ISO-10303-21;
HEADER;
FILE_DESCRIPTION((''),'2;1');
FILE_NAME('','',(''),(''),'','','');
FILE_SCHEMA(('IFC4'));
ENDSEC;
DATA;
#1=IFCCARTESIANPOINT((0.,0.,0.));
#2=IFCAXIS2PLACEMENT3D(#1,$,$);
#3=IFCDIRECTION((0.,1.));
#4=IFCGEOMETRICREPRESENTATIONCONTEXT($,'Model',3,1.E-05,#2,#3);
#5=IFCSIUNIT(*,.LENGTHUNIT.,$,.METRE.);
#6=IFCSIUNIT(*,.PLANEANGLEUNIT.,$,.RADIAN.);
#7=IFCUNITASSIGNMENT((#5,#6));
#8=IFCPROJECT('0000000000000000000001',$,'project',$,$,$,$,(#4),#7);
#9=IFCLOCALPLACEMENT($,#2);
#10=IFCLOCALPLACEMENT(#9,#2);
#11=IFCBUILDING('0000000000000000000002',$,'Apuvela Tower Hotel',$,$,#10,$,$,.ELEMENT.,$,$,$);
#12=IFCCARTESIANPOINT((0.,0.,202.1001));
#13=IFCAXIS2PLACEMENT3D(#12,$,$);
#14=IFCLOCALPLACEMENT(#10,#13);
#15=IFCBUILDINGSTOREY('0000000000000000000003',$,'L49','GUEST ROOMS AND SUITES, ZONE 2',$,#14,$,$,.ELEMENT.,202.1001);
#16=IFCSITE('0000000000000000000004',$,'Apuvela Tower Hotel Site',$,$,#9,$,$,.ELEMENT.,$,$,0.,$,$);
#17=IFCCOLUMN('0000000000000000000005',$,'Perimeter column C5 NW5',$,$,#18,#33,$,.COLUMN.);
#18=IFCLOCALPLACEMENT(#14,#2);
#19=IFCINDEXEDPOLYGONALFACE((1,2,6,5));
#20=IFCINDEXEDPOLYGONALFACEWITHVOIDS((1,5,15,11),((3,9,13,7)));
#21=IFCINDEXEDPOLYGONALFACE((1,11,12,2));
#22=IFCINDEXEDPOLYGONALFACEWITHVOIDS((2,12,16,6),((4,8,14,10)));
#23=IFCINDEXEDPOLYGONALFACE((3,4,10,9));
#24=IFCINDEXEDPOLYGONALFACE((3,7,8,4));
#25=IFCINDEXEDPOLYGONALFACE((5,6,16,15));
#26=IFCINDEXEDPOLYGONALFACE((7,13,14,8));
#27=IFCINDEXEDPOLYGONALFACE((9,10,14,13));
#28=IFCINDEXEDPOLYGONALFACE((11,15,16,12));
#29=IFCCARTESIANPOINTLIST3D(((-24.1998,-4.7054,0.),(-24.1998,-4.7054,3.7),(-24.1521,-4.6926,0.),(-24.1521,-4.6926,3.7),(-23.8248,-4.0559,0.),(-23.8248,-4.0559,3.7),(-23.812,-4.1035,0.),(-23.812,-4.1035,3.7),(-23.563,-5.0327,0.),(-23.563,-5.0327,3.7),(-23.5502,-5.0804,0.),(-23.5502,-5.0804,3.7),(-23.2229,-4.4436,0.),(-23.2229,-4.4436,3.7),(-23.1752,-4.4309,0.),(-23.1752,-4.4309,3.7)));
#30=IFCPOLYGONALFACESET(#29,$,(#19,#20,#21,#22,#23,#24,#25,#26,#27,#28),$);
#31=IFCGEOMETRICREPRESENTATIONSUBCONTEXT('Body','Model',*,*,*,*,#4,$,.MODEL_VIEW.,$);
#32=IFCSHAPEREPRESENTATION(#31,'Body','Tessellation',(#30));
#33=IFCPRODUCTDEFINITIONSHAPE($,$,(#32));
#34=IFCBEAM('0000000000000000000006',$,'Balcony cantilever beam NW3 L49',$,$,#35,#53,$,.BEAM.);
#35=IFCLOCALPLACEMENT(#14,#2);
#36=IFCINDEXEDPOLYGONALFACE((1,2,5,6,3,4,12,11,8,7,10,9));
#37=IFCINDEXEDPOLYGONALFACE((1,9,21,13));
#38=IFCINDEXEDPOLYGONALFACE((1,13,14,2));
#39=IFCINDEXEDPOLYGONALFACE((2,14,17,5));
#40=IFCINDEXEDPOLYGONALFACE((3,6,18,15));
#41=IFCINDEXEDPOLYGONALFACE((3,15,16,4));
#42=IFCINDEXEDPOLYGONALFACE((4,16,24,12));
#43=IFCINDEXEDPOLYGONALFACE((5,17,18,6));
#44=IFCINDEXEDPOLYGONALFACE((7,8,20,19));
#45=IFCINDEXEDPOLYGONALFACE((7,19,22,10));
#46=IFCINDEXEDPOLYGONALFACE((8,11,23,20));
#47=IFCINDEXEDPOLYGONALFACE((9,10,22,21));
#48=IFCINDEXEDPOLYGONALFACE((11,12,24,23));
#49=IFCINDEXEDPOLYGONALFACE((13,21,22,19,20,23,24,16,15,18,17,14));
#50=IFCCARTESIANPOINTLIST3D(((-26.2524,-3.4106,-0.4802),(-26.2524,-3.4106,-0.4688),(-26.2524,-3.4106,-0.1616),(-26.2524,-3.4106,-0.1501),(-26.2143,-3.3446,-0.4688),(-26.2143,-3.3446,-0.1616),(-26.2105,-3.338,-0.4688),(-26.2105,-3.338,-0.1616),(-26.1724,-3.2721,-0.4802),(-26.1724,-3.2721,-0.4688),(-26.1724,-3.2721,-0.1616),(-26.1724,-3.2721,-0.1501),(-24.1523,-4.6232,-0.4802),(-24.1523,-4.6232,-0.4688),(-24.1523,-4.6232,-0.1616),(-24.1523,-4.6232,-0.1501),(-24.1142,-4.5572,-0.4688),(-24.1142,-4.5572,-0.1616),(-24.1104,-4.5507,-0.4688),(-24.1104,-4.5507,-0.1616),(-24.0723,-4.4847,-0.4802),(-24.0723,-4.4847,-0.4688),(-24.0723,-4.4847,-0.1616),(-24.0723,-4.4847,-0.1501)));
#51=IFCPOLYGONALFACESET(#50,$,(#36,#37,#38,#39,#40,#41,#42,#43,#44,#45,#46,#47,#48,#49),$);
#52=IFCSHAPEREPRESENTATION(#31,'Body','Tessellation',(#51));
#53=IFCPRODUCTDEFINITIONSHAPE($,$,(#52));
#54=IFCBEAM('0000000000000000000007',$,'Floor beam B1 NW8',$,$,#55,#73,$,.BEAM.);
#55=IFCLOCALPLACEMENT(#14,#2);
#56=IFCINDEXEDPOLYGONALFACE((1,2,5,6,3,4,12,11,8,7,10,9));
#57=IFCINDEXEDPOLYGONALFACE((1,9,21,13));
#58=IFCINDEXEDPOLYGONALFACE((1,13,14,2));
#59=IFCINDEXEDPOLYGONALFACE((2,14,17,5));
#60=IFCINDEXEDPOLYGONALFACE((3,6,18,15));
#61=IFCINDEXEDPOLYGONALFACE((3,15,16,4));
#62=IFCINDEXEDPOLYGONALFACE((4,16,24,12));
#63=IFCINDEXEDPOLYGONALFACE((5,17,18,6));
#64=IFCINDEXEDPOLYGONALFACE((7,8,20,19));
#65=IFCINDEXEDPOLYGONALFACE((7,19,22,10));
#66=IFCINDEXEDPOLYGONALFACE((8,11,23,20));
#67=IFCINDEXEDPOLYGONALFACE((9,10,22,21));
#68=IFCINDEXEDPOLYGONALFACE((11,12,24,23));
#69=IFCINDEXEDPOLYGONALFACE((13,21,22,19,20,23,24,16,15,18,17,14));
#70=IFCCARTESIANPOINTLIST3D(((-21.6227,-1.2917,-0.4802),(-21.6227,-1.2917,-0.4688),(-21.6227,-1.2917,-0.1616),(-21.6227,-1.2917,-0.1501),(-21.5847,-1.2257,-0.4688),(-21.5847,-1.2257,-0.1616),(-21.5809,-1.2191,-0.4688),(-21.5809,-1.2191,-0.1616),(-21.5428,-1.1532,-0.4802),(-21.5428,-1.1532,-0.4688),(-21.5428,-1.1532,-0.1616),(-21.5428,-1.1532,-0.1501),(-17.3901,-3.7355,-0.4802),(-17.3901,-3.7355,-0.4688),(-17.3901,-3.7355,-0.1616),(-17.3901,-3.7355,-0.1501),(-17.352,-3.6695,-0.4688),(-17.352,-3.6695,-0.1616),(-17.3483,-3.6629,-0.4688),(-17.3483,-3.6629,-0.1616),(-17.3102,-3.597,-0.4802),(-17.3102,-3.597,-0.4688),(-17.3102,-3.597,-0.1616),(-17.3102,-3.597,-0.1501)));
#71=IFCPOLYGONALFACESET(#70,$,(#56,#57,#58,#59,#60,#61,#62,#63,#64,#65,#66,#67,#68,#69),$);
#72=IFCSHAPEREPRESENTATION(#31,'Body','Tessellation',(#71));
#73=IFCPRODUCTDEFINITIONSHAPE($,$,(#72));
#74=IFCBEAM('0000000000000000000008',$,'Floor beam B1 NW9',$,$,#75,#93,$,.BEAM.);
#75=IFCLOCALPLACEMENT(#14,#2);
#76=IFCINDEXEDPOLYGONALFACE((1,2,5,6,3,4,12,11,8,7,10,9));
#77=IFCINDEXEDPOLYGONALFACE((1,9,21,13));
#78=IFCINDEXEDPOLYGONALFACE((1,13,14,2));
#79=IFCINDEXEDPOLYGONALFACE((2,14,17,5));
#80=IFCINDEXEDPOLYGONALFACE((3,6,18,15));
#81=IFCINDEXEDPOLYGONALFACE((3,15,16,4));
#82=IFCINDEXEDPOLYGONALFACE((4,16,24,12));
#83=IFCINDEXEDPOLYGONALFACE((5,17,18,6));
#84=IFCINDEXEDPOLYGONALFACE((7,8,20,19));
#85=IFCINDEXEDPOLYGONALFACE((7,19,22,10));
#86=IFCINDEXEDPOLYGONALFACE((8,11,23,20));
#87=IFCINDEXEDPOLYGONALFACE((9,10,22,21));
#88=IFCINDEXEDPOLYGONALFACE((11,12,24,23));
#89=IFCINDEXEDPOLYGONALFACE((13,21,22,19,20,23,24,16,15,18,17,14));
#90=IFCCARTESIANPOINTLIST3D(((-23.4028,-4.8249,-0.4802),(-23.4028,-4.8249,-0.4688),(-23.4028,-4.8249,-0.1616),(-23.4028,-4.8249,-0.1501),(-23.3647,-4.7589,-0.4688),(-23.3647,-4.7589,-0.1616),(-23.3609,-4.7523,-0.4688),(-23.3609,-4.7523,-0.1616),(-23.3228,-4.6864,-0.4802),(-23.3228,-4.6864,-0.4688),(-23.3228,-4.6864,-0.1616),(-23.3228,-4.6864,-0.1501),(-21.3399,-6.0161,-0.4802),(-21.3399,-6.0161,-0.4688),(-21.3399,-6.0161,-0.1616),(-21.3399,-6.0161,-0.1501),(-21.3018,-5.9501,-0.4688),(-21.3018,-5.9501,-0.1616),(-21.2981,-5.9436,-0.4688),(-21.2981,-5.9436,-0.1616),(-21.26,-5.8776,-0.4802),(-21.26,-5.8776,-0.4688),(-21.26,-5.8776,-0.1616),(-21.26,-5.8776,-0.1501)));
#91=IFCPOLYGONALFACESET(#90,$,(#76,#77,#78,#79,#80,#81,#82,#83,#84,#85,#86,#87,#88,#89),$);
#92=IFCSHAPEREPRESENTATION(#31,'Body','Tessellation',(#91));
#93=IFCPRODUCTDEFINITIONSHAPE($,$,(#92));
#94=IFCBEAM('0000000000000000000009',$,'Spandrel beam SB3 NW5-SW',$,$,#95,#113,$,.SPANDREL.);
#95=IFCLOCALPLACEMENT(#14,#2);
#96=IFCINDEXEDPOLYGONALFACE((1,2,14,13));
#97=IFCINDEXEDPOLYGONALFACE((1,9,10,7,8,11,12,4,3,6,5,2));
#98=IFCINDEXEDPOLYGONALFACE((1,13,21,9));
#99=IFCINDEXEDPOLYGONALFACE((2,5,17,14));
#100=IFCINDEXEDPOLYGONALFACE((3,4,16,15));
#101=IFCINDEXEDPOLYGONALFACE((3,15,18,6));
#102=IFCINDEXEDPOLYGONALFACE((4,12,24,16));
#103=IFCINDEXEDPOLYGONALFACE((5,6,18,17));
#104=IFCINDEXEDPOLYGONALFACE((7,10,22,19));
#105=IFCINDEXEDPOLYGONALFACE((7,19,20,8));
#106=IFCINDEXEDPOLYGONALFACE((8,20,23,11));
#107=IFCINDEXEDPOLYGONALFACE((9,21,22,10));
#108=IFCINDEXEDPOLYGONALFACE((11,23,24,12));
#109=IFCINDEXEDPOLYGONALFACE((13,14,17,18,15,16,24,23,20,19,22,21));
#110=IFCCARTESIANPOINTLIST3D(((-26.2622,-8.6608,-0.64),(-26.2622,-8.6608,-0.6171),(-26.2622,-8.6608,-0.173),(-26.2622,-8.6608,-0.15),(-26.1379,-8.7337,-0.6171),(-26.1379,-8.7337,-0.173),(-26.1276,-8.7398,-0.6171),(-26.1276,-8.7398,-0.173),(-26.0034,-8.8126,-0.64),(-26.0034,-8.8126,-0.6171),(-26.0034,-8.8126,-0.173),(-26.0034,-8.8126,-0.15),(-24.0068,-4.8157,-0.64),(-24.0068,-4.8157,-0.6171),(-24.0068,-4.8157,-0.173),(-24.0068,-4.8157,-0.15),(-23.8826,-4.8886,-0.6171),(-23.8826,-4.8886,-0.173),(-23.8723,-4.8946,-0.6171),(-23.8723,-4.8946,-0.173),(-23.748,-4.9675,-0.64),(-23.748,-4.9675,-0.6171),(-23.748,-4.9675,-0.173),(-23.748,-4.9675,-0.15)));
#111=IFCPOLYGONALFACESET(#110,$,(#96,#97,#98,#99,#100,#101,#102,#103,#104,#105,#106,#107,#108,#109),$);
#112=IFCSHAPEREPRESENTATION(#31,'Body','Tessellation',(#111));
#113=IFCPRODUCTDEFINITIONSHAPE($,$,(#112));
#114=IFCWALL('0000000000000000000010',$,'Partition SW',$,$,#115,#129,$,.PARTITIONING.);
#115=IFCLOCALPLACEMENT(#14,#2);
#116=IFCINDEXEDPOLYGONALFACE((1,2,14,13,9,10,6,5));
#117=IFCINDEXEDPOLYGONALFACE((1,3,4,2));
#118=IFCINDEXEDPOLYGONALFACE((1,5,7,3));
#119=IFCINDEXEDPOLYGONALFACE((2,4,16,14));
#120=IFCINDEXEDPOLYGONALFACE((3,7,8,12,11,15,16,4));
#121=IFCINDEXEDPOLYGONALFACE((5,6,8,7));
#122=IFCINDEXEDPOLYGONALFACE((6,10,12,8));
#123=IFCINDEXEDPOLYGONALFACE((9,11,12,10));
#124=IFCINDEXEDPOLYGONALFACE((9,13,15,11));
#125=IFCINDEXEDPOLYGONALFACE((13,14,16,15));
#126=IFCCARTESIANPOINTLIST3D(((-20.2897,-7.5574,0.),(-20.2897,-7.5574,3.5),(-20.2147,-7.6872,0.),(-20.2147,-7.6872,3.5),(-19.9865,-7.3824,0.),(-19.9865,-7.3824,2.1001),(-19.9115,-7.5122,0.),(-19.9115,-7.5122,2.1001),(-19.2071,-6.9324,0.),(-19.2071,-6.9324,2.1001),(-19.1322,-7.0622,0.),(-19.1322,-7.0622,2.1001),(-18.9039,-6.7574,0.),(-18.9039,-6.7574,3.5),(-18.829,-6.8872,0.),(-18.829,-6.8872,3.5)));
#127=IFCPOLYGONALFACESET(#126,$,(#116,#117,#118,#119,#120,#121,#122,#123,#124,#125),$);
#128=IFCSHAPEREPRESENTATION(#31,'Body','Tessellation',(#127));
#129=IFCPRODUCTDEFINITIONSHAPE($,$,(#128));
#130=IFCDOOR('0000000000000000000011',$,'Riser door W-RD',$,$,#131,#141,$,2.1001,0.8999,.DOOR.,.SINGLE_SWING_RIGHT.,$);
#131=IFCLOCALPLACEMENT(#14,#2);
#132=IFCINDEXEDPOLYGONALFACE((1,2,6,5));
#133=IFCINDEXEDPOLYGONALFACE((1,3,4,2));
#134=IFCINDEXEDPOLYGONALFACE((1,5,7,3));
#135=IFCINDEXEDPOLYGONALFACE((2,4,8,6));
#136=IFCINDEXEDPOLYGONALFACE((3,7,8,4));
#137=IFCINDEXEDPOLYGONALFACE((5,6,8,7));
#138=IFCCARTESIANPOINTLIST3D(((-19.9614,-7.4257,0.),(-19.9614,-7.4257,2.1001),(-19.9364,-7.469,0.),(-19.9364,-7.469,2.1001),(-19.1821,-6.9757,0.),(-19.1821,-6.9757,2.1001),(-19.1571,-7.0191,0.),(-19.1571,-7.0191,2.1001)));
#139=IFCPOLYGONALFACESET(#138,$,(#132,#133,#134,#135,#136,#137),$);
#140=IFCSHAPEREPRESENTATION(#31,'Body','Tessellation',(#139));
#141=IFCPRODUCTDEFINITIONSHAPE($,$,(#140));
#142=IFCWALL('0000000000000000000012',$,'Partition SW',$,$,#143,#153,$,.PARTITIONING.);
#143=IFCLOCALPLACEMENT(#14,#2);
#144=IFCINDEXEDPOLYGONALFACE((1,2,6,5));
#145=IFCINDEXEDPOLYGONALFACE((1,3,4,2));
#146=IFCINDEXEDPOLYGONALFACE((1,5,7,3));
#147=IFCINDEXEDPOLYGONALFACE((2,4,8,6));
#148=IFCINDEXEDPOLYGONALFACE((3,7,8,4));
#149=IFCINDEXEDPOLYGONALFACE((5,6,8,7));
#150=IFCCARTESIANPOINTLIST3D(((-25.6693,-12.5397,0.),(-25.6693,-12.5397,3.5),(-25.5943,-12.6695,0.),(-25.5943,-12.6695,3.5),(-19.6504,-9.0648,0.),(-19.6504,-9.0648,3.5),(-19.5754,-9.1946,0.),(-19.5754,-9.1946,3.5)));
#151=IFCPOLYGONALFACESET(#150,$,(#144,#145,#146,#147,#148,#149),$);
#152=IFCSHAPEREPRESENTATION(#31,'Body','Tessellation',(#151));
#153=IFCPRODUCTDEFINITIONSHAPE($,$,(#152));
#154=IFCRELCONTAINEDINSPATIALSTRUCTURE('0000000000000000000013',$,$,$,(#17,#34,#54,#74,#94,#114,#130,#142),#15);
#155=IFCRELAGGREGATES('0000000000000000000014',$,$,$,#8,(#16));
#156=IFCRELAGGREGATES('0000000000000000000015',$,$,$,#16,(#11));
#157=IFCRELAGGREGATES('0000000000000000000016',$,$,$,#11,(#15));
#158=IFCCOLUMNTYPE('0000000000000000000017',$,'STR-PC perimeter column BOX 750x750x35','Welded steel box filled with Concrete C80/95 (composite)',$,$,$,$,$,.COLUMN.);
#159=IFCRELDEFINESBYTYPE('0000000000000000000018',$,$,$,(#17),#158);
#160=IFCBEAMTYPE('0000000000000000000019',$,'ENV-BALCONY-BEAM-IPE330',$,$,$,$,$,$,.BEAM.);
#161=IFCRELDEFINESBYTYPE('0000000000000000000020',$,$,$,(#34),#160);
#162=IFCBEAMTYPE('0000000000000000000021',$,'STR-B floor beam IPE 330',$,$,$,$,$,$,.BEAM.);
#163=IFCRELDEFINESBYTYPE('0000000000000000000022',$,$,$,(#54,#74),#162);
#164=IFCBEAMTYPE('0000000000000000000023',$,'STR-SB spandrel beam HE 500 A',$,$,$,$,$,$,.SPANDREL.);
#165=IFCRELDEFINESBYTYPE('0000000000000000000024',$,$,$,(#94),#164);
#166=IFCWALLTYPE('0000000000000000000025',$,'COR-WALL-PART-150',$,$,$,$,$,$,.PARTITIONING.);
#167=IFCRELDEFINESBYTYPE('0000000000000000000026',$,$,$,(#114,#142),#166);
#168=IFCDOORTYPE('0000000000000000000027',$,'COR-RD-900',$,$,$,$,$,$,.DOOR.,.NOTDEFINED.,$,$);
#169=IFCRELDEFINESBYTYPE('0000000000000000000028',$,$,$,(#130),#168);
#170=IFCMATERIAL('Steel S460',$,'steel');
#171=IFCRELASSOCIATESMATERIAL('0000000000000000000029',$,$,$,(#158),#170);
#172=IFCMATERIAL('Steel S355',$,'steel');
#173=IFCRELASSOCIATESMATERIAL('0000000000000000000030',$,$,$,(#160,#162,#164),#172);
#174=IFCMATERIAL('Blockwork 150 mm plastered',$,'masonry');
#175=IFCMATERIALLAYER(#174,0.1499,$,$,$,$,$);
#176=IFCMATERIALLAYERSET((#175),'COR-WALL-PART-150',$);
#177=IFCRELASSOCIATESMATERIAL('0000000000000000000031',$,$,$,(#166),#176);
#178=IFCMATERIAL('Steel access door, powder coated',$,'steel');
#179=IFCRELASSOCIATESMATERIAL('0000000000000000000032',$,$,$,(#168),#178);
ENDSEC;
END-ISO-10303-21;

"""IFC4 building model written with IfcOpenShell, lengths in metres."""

from ifc_helpers import new_model, si_unit, direction, frame, frame_2d, origin, origin_2d, place, context, subcontext, project, spatial, rectangle, hollow_rectangle, i_section, extrude, material, layer, layer_set, material_profile, profile_set, type_object, element, fill, save


model = new_model("IFC4")

# Units and contexts
model_context = context("Model", 3, precision=1e-05, world=origin(), true_north=direction((0.0, 1.0)))
body_context = subcontext(model_context, "Body", "Model", "MODEL_VIEW")
ifc_project = project(units=[si_unit("LENGTHUNIT", "METRE"), si_unit("PLANEANGLEUNIT", "RADIAN")], contexts=[model_context])

# Site, building, storey
site_placement = place(None, origin())
site = spatial("IfcSite", under=ifc_project, at=site_placement, Name="Apuvela Tower Hotel Site", CompositionType="ELEMENT", RefElevation=0.0)
building_placement = place(site_placement, origin())
building = spatial("IfcBuilding", under=site, at=building_placement, Name="Apuvela Tower Hotel", CompositionType="ELEMENT")
storey_placement = place(building_placement, frame((0.0, 0.0, 202.1001)))
storey = spatial("IfcBuildingStorey", under=building, at=storey_placement, Name="L49", Description="GUEST ROOMS AND SUITES, ZONE 2", CompositionType="ELEMENT", Elevation=202.1001)

# Column
ifc_material_1 = material(Name="Steel S460", Category="steel")
ifc_material_profile_1 = material_profile(ifc_material_1, hollow_rectangle(XDim=0.75, YDim=0.75, WallThickness=0.0349, at=origin_2d()), Name="BOX 750x750x35")
ifc_material_2 = material(Name="Concrete C80/95", Category="concrete")
ifc_material_profile_2 = material_profile(ifc_material_2, rectangle(XDim=0.6799, YDim=0.6799, at=origin_2d()), Name="Concrete C80/95 infill")
ifc_profile_set_1 = profile_set([ifc_material_profile_1, ifc_material_profile_2], Name="Steel S460")
column_type = type_object("IfcColumnType", Name="STR-PC perimeter column BOX 750x750x35", Description="Welded steel box filled with Concrete C80/95 (composite)", PredefinedType="COLUMN", material=ifc_profile_set_1)
column_placement = place(storey_placement, frame((-23.6875, -4.5681, 0.0), z_axis=(0.0, 0.0, 1.0), x_axis=(0.5, 0.866025, 0.0)))
element("IfcColumn", 1, at=column_placement, inside=storey, type_object=column_type, Name="Perimeter column C5 NW5", PredefinedType="COLUMN", context=body_context, shape_type="SweptSolid", body=[
    extrude(hollow_rectangle(XDim=0.75, YDim=0.75, WallThickness=0.0349, at=origin_2d()), origin(), (0.0, 0.0, 1.0), 3.7),
])

# Beams
ifc_material_3 = material(Name="Steel S355", Category="steel")
ifc_material_profile_3 = material_profile(ifc_material_3, i_section(OverallWidth=0.1599, OverallDepth=0.3301, WebThickness=0.0076, FlangeThickness=0.0115, at=origin_2d()), Name="IPE 330")
ifc_profile_set_2 = profile_set([ifc_material_profile_3], Name="Steel S355")
beam_type_1 = type_object("IfcBeamType", Name="ENV-BALCONY-BEAM-IPE330", PredefinedType="BEAM", material=ifc_profile_set_2)
beam_1_placement = place(storey_placement, frame((-24.1123, -4.554, -0.3152), z_axis=(-0.865998, 0.500048, 0.0), x_axis=(-0.500048, -0.865998, 0.0)))
element("IfcBeam", 2, at=beam_1_placement, inside=storey, type_object=beam_type_1, Name="Balcony cantilever beam NW3 L49", PredefinedType="BEAM", context=body_context, shape_type="SweptSolid", body=[
    extrude(i_section(OverallWidth=0.1599, OverallDepth=0.3301, WebThickness=0.0076, FlangeThickness=0.0115, at=origin_2d()), origin(), (0.0, 0.0, 1.0), 2.425),
])
ifc_material_profile_4 = material_profile(ifc_material_3, i_section(OverallWidth=0.1599, OverallDepth=0.3301, WebThickness=0.0076, FlangeThickness=0.0115, at=origin_2d()), Name="IPE 330")
ifc_profile_set_3 = profile_set([ifc_material_profile_4], Name="Steel S355")
beam_type_2 = type_object("IfcBeamType", Name="STR-B floor beam IPE 330", PredefinedType="BEAM", material=ifc_profile_set_3)
beam_2_placement = place(storey_placement, frame((-21.5828, -1.2224, -0.3152), z_axis=(0.866015, -0.500018, 0.0), x_axis=(0.500018, 0.866015, 0.0)))
element("IfcBeam", 3, at=beam_2_placement, inside=storey, type_object=beam_type_2, Name="Floor beam B1 NW8", PredefinedType="BEAM", context=body_context, shape_type="SweptSolid", body=[
    extrude(i_section(OverallWidth=0.1599, OverallDepth=0.3301, WebThickness=0.0076, FlangeThickness=0.0115, at=origin_2d()), origin(), (0.0, 0.0, 1.0), 4.8875),
])
beam_3_placement = place(storey_placement, frame((-23.3628, -4.7556, -0.3152), z_axis=(0.865982, -0.500074, 0.0), x_axis=(0.500074, 0.865982, 0.0)))
element("IfcBeam", 4, at=beam_3_placement, inside=storey, type_object=beam_type_2, Name="Floor beam B1 NW9", PredefinedType="BEAM", context=body_context, shape_type="SweptSolid", body=[
    extrude(i_section(OverallWidth=0.1599, OverallDepth=0.3301, WebThickness=0.0076, FlangeThickness=0.0115, at=origin_2d()), origin(), (0.0, 0.0, 1.0), 2.3821),
])
ifc_material_profile_5 = material_profile(ifc_material_3, i_section(OverallWidth=0.3, OverallDepth=0.49, WebThickness=0.012, FlangeThickness=0.0229, at=origin_2d()), Name="HE 500 A")
ifc_profile_set_4 = profile_set([ifc_material_profile_5], Name="Steel S355")
beam_type_3 = type_object("IfcBeamType", Name="STR-SB spandrel beam HE 500 A", PredefinedType="SPANDREL", material=ifc_profile_set_4)
beam_4_placement = place(storey_placement, frame((-23.8774, -4.8916, -0.395), z_axis=(-0.505933, -0.862573, 0.0), x_axis=(0.862573, -0.505933, 0.0)))
element("IfcBeam", 5, at=beam_4_placement, inside=storey, type_object=beam_type_3, Name="Spandrel beam SB3 NW5-SW", PredefinedType="SPANDREL", context=body_context, shape_type="SweptSolid", body=[
    extrude(i_section(OverallWidth=0.3, OverallDepth=0.49, WebThickness=0.012, FlangeThickness=0.0229, at=origin_2d()), origin(), (0.0, 0.0, 1.0), 4.4578),
])

# Wall, opening, door
ifc_material_4 = material(Name="Blockwork 150 mm plastered", Category="masonry")
ifc_layer_1 = layer(ifc_material_4, 0.1499)
ifc_layer_set_1 = layer_set([ifc_layer_1], Name="COR-WALL-PART-150")
wall_type_1 = type_object("IfcWallType", Name="COR-WALL-PART-150", PredefinedType="PARTITIONING", material=ifc_layer_set_1)
wall_1_placement = place(storey_placement, frame((-18.8665, -6.8223, 0.0), z_axis=(0.0, 0.0, 1.0), x_axis=(-0.866028, -0.499995, 0.0)))
wall_1 = element("IfcWall", 6, at=wall_1_placement, inside=storey, type_object=wall_type_1, Name="Partition SW", PredefinedType="PARTITIONING", context=body_context, shape_type="SweptSolid", body=[
    extrude(rectangle(XDim=1.6001, YDim=0.1499, at=frame_2d((0.8, 0.0))), origin(), (0.0, 0.0, 1.0), 3.5),
])
opening_1_placement = place(wall_1_placement, frame((0.3501, 0.0, 0.0)))
opening_1 = element("IfcOpeningElement", 7, at=opening_1_placement, cuts=wall_1, PredefinedType="OPENING", context=body_context, shape_type="SweptSolid", body=[
    extrude(rectangle(XDim=0.8999, YDim=2.1001, at=frame_2d((0.45, 1.05))), frame((0.0, 0.085, 0.0), z_axis=(0.0, -1.0, 0.0), x_axis=(1.0, 0.0, 0.0)), (0.0, 0.0, 1.0), 0.1699),
])
ifc_material_5 = material(Name="Steel access door, powder coated", Category="steel")
door_type_1 = type_object("IfcDoorType", Name="COR-RD-900", OperationType="NOTDEFINED", PredefinedType="DOOR", material=ifc_material_5)
door_1_placement = place(opening_1_placement, frame((0.8999, 0.0, 0.0), z_axis=(0.0, 0.0, 1.0), x_axis=(-1.0, 0.0, 0.0)))
door_1 = element("IfcDoor", 8, at=door_1_placement, inside=storey, type_object=door_type_1, Name="Riser door W-RD", OperationType="SINGLE_SWING_RIGHT", OverallHeight=2.1001, OverallWidth=0.8999, PredefinedType="DOOR", context=body_context, shape_type="SweptSolid", body=[
    extrude(rectangle(XDim=0.8999, YDim=2.1001, at=frame_2d((0.45, 1.05))), frame((0.0, 0.0249, 0.0), z_axis=(0.0, -1.0, 0.0), x_axis=(1.0, 0.0, 0.0)), (0.0, 0.0, 1.0), 0.05),
])
fill(opening_1, door_1)

# Wall
wall_2_placement = place(storey_placement, frame((-19.6128, -9.1296, 0.0), z_axis=(0.0, 0.0, 1.0), x_axis=(-0.866032, -0.499989, 0.0)))
element("IfcWall", 9, at=wall_2_placement, inside=storey, type_object=wall_type_1, Name="Partition SW", PredefinedType="PARTITIONING", context=body_context, shape_type="SweptSolid", body=[
    extrude(rectangle(XDim=6.95, YDim=0.1499, at=frame_2d((3.4751, 0.0))), origin(), (0.0, 0.0, 1.0), 3.5),
])

save(model, "model.ifc")
